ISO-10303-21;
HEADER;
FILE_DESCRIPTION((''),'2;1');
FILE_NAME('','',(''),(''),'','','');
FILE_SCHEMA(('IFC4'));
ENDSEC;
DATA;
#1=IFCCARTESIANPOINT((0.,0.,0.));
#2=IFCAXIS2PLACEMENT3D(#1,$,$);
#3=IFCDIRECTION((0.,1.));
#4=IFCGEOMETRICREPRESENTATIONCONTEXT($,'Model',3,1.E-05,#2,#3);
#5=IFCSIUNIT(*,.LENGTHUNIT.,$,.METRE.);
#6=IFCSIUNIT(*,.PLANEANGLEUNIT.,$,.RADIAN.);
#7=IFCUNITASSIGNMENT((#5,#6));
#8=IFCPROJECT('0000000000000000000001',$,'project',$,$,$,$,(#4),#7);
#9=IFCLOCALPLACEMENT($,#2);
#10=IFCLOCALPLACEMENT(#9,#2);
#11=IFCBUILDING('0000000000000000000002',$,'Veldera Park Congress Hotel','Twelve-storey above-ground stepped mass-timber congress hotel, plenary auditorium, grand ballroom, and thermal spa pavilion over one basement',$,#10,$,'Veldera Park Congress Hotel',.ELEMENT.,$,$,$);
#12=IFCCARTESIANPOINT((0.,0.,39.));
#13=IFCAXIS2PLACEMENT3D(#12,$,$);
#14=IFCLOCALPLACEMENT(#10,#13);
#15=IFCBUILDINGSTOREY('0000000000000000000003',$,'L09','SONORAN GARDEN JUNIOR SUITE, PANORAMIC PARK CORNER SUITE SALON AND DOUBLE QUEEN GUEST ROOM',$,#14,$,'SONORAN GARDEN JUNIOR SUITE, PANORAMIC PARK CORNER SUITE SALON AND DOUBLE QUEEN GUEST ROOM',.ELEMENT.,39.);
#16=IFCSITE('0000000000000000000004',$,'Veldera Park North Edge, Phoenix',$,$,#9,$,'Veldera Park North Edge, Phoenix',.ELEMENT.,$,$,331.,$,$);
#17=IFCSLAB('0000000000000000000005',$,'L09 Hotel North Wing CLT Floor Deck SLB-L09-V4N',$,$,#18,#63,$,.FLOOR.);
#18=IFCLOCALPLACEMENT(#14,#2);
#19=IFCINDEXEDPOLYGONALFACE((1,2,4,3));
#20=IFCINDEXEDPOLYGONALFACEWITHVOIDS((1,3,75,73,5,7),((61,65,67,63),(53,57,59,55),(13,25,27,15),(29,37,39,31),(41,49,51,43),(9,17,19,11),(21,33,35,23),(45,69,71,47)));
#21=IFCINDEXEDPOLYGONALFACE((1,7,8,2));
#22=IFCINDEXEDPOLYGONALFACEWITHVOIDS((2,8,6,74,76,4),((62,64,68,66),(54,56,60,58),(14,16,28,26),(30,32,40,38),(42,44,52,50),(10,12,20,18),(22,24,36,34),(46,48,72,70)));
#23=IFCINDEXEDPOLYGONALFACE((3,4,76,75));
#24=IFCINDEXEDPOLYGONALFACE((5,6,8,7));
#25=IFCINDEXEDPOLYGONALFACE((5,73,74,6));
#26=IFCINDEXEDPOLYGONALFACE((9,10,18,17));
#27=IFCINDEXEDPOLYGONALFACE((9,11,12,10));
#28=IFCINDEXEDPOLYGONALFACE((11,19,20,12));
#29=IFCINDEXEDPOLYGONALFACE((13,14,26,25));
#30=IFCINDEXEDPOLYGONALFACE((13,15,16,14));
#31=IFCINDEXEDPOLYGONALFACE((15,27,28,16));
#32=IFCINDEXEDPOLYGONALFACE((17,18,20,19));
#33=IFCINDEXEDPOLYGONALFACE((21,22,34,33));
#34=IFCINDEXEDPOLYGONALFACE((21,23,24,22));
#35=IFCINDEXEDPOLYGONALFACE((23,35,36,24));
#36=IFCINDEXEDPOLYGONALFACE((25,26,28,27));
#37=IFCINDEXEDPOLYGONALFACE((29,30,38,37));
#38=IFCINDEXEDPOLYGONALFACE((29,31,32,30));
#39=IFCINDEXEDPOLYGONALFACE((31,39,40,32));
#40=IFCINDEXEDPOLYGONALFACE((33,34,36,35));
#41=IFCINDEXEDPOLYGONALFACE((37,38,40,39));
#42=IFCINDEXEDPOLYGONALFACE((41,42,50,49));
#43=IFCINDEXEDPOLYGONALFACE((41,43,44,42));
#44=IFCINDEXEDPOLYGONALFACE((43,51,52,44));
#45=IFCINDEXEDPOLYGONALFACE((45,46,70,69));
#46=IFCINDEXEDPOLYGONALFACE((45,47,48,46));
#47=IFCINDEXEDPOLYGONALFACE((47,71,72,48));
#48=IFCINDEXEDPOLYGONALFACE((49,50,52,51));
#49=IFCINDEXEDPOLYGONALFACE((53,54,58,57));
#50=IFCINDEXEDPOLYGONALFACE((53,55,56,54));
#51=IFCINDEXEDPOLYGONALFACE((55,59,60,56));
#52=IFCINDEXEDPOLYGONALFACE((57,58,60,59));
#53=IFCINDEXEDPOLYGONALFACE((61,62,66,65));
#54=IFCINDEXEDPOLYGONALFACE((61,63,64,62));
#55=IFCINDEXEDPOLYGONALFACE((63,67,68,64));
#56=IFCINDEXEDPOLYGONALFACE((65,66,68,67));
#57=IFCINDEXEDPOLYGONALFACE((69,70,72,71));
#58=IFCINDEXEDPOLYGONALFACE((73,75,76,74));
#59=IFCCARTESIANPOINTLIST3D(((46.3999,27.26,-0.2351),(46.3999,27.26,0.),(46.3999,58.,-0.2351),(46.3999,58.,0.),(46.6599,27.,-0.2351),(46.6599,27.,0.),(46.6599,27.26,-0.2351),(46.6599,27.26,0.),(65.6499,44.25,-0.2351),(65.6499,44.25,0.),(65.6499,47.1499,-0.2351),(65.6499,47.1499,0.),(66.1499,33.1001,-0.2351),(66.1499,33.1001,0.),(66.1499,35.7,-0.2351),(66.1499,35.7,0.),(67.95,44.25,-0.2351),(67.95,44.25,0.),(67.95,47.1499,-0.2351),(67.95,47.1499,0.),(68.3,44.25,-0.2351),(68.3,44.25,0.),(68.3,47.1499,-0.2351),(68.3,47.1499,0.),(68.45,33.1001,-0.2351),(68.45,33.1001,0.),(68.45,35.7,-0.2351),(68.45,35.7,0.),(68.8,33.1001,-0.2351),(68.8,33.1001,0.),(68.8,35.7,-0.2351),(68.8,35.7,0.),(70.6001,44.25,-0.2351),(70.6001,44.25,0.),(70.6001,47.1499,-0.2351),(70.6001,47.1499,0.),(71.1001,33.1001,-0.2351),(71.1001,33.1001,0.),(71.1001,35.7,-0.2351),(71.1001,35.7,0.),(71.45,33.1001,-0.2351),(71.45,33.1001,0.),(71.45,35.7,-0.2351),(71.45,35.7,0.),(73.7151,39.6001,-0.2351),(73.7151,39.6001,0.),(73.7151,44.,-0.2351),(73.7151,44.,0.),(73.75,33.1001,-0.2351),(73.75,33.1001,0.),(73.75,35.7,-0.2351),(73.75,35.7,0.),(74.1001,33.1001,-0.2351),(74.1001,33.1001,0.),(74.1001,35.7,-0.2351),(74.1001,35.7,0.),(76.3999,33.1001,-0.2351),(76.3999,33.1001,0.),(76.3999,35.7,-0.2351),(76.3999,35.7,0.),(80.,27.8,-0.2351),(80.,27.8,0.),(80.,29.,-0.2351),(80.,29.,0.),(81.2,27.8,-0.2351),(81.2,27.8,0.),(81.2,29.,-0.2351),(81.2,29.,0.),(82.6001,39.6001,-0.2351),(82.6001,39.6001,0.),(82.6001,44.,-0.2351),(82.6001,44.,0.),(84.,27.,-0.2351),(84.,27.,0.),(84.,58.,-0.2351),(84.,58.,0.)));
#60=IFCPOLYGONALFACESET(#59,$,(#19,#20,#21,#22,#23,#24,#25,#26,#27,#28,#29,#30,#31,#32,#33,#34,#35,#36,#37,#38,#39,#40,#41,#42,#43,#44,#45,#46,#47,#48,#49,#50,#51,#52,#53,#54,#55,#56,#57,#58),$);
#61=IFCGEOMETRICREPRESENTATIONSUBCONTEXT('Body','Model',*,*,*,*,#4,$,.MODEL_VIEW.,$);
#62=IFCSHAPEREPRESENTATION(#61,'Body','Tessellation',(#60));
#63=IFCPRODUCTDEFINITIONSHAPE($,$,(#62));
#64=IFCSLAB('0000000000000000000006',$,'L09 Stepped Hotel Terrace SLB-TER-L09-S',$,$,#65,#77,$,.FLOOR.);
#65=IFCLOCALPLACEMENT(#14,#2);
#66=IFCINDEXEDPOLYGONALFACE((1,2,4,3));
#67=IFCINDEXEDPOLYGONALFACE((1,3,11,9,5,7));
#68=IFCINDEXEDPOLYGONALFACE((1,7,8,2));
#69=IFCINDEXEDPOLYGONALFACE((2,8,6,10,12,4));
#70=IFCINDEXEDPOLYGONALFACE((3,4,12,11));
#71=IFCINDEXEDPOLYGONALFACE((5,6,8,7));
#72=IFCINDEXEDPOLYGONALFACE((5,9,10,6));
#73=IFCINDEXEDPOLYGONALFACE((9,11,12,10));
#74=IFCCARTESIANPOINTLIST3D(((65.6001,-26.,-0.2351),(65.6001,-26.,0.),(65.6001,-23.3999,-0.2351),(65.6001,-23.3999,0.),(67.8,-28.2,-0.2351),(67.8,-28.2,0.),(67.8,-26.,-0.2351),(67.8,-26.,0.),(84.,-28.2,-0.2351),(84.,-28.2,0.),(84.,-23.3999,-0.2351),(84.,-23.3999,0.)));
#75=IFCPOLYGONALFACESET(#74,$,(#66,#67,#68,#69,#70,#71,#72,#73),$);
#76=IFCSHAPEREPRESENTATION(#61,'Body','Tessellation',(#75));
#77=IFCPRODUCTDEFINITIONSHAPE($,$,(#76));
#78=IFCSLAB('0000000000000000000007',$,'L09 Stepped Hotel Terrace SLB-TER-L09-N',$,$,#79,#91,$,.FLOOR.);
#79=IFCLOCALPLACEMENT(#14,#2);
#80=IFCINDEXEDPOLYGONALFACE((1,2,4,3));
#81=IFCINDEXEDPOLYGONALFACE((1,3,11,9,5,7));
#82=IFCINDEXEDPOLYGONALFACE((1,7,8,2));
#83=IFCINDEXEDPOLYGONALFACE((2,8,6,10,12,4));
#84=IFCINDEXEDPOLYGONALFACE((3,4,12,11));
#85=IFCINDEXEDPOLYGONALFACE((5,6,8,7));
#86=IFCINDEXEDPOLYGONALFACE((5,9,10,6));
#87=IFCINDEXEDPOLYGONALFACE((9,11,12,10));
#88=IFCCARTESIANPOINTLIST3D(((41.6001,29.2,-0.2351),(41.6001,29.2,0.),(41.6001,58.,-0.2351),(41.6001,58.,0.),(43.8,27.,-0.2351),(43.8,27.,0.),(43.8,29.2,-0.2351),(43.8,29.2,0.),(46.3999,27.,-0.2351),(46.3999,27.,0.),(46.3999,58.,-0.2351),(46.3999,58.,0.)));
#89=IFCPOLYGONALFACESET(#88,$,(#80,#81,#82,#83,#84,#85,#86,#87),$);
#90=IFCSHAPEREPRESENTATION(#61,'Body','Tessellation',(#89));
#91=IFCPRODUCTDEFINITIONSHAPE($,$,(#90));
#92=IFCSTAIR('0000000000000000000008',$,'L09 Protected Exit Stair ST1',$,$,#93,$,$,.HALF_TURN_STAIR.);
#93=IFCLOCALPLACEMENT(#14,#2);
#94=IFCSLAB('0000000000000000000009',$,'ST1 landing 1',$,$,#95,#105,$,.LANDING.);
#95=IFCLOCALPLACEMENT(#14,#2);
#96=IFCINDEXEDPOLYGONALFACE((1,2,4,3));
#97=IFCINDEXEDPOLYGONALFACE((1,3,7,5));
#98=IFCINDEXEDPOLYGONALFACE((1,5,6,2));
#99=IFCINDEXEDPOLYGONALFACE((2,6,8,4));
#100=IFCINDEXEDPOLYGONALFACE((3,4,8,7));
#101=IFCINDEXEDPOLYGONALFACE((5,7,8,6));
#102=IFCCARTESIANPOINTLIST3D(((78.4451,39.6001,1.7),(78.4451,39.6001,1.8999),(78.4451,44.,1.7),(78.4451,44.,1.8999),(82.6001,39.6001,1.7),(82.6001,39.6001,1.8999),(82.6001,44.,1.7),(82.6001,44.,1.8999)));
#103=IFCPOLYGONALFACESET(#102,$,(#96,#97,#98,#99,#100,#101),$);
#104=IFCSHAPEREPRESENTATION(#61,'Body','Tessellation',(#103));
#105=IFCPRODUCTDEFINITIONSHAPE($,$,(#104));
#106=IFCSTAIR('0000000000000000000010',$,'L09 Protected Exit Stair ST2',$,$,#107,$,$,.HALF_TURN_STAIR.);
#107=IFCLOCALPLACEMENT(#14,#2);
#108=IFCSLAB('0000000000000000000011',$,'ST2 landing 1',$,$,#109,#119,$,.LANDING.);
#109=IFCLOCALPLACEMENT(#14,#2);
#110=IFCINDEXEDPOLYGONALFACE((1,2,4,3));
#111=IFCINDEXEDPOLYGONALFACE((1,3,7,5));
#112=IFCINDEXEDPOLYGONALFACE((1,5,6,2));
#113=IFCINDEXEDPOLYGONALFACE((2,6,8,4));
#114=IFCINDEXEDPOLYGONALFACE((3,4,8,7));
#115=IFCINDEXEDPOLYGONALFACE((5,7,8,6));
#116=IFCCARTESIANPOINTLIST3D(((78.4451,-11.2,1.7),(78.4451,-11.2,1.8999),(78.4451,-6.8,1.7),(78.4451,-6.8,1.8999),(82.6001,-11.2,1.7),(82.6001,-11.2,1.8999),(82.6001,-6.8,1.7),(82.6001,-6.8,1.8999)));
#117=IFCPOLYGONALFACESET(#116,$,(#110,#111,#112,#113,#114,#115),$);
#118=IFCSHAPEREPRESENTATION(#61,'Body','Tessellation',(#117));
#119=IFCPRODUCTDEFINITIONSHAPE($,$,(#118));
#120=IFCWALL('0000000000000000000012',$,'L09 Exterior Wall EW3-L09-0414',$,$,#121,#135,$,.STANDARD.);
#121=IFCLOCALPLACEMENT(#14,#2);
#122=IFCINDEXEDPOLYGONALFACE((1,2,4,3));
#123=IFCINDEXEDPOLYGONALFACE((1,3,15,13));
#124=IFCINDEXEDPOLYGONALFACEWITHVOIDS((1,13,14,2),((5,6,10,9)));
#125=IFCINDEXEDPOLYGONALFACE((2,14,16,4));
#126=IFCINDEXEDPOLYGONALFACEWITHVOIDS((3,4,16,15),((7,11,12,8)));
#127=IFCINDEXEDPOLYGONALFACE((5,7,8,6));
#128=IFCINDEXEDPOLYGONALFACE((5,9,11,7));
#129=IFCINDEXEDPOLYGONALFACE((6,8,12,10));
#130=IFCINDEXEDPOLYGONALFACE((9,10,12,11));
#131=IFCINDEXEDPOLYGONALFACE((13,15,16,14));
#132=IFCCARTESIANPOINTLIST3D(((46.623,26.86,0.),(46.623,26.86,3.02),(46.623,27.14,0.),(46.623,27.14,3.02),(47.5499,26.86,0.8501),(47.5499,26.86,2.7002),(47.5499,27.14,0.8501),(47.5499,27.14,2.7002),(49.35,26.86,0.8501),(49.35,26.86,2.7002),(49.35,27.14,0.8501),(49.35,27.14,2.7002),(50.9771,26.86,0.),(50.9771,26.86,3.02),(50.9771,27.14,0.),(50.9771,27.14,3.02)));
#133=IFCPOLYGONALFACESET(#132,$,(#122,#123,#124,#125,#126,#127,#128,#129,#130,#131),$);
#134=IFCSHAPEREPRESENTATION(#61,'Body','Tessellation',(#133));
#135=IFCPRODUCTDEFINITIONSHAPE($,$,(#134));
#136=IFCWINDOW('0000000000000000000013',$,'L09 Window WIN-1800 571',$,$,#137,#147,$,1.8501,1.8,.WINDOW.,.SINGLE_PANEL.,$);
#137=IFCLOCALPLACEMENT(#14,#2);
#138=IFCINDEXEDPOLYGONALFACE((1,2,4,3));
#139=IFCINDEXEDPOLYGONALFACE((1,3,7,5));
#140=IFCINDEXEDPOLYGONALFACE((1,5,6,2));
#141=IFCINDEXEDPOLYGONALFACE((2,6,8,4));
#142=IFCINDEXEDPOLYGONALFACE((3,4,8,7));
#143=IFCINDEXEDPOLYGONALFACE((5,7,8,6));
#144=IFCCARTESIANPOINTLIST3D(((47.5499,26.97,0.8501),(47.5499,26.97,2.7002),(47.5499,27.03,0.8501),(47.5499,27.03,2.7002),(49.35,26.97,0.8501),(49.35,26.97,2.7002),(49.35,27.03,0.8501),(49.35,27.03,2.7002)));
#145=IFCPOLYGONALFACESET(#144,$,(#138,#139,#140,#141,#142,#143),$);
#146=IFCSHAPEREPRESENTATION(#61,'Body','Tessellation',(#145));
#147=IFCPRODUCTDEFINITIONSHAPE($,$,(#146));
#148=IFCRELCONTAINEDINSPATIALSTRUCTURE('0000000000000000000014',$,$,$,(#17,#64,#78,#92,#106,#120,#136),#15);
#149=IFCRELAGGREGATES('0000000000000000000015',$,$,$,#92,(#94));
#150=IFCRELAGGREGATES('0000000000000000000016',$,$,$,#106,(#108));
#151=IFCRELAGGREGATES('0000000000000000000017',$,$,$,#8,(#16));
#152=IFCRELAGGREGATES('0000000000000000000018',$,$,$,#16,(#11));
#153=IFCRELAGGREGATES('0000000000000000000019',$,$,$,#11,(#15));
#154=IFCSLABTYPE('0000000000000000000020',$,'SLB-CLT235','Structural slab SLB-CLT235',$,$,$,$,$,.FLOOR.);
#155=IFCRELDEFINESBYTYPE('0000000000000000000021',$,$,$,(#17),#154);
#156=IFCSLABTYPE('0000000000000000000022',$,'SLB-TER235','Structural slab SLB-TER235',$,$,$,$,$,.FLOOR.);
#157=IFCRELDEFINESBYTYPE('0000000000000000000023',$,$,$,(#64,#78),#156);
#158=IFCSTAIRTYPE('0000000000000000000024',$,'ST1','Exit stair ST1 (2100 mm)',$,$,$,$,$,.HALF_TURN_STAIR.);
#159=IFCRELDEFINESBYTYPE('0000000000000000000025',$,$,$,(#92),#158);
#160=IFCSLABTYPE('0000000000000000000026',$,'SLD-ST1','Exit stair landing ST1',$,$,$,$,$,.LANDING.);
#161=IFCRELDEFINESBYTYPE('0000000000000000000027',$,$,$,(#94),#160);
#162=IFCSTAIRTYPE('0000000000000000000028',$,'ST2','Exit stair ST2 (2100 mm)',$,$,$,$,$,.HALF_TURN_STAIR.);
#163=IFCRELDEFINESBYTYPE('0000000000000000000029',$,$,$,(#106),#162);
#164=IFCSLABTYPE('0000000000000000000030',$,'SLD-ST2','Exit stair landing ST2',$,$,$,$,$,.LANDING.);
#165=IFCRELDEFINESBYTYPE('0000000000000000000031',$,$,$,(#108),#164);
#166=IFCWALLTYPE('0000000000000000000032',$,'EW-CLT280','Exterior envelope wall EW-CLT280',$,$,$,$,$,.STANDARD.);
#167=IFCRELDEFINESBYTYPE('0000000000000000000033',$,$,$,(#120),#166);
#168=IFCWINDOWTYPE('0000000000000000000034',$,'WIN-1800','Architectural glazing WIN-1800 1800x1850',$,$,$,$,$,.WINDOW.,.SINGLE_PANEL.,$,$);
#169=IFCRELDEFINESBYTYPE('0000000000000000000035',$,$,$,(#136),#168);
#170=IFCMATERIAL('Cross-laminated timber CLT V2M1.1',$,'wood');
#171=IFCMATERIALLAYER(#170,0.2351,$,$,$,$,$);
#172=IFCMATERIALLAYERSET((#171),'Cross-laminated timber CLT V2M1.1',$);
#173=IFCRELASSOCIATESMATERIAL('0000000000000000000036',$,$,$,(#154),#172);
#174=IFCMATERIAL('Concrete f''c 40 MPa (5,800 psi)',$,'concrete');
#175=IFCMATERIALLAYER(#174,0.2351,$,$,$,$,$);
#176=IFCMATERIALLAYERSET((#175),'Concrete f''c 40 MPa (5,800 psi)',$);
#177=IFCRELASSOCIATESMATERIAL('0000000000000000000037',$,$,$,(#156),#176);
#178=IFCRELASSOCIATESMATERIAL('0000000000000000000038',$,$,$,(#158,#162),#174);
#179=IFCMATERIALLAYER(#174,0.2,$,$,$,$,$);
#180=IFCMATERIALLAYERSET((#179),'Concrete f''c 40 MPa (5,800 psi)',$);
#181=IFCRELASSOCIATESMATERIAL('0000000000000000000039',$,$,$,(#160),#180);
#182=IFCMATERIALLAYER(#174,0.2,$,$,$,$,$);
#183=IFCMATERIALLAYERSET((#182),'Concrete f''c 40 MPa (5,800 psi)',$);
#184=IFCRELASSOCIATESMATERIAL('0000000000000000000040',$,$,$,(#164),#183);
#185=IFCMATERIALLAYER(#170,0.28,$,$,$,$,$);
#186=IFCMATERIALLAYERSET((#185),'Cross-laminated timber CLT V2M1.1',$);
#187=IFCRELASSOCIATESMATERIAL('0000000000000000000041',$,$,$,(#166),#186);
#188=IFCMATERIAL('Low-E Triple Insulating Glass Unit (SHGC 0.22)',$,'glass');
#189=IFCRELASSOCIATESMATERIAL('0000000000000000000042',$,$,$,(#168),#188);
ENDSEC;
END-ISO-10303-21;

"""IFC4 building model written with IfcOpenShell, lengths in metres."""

from ifc_helpers import new_model, si_unit, direction, frame, frame_2d, origin, place, context, subcontext, project, spatial, polyline, rectangle, outline, extrude, material, layer, layer_set, type_object, element, fill, aggregate, save


model = new_model("IFC4")

# Units and contexts
model_context = context("Model", 3, precision=1e-05, world=origin(), true_north=direction((0.0, 1.0)))
body_context = subcontext(model_context, "Body", "Model", "MODEL_VIEW")
ifc_project = project(units=[si_unit("LENGTHUNIT", "METRE"), si_unit("PLANEANGLEUNIT", "RADIAN")], contexts=[model_context])

# Site, building, storey
site_placement = place(None, origin())
site = spatial("IfcSite", under=ifc_project, at=site_placement, Name="Veldera Park North Edge, Phoenix", LongName="Veldera Park North Edge, Phoenix", CompositionType="ELEMENT", RefElevation=331.0)
building_placement = place(site_placement, origin())
building = spatial("IfcBuilding", under=site, at=building_placement, Name="Veldera Park Congress Hotel", Description="Twelve-storey above-ground stepped mass-timber congress hotel, plenary auditorium, grand ballroom, and thermal spa pavilion over one basement", LongName="Veldera Park Congress Hotel", CompositionType="ELEMENT")
storey_placement = place(building_placement, frame((0.0, 0.0, 39.0)))
storey = spatial("IfcBuildingStorey", under=building, at=storey_placement, Name="L09", Description="SONORAN GARDEN JUNIOR SUITE, PANORAMIC PARK CORNER SUITE SALON AND DOUBLE QUEEN GUEST ROOM", LongName="SONORAN GARDEN JUNIOR SUITE, PANORAMIC PARK CORNER SUITE SALON AND DOUBLE QUEEN GUEST ROOM", CompositionType="ELEMENT", Elevation=39.0)

# Slabs
ifc_material_1 = material(Name="Cross-laminated timber CLT V2M1.1", Category="wood")
ifc_layer_1 = layer(ifc_material_1, 0.2351)
ifc_layer_set_1 = layer_set([ifc_layer_1], Name="Cross-laminated timber CLT V2M1.1")
slab_type_1 = type_object("IfcSlabType", Name="SLB-CLT235", Description="Structural slab SLB-CLT235", PredefinedType="FLOOR", material=ifc_layer_set_1)
slab_1_placement = place(storey_placement, frame((0.0, 0.0, -0.2351)))
element("IfcSlab", 1, at=slab_1_placement, inside=storey, type_object=slab_type_1, Name="L09 Hotel North Wing CLT Floor Deck SLB-L09-V4N", PredefinedType="FLOOR", context=body_context, shape_type="SweptSolid", body=[
    extrude(outline(polyline([(46.3999, 27.26), (46.6599, 27.26), (46.6599, 27.0), (84.0, 27.0), (84.0, 58.0), (46.3999, 58.0), (46.3999, 27.26)]), holes=[polyline([(73.7151, 39.6001), (82.6001, 39.6001), (82.6001, 44.0), (73.7151, 44.0), (73.7151, 39.6001)]), polyline([(65.6499, 44.25), (67.95, 44.25), (67.95, 47.1499), (65.6499, 47.1499), (65.6499, 44.25)]), polyline([(68.3, 44.25), (70.6001, 44.25), (70.6001, 47.1499), (68.3, 47.1499), (68.3, 44.25)]), polyline([(66.1499, 33.1001), (68.45, 33.1001), (68.45, 35.7), (66.1499, 35.7), (66.1499, 33.1001)]), polyline([(68.8, 33.1001), (71.1001, 33.1001), (71.1001, 35.7), (68.8, 35.7), (68.8, 33.1001)]), polyline([(71.45, 33.1001), (73.75, 33.1001), (73.75, 35.7), (71.45, 35.7), (71.45, 33.1001)]), polyline([(74.1001, 33.1001), (76.3999, 33.1001), (76.3999, 35.7), (74.1001, 35.7), (74.1001, 33.1001)]), polyline([(80.0, 27.8), (81.2, 27.8), (81.2, 29.0), (80.0, 29.0), (80.0, 27.8)])]), origin(), (0.0, 0.0, 1.0), 0.2351),
])
ifc_material_2 = material(Name="Concrete f'c 40 MPa (5,800 psi)", Category="concrete")
ifc_layer_2 = layer(ifc_material_2, 0.2351)
ifc_layer_set_2 = layer_set([ifc_layer_2], Name="Concrete f'c 40 MPa (5,800 psi)")
slab_type_2 = type_object("IfcSlabType", Name="SLB-TER235", Description="Structural slab SLB-TER235", PredefinedType="FLOOR", material=ifc_layer_set_2)
slab_2_placement = place(storey_placement, frame((0.0, 0.0, -0.2351)))
element("IfcSlab", 2, at=slab_2_placement, inside=storey, type_object=slab_type_2, Name="L09 Stepped Hotel Terrace SLB-TER-L09-S", PredefinedType="FLOOR", context=body_context, shape_type="SweptSolid", body=[
    extrude(outline(polyline([(65.6001, -26.0), (67.8, -26.0), (67.8, -28.2), (84.0, -28.2), (84.0, -23.3999), (65.6001, -23.3999), (65.6001, -26.0)])), origin(), (0.0, 0.0, 1.0), 0.2351),
])
slab_3_placement = place(storey_placement, frame((0.0, 0.0, -0.2351)))
element("IfcSlab", 3, at=slab_3_placement, inside=storey, type_object=slab_type_2, Name="L09 Stepped Hotel Terrace SLB-TER-L09-N", PredefinedType="FLOOR", context=body_context, shape_type="SweptSolid", body=[
    extrude(outline(polyline([(41.6001, 29.2), (43.8, 29.2), (43.8, 27.0), (46.3999, 27.0), (46.3999, 58.0), (41.6001, 58.0), (41.6001, 29.2)])), origin(), (0.0, 0.0, 1.0), 0.2351),
])

# Stairs, slabs
stair_type_1 = type_object("IfcStairType", Name="ST1", Description="Exit stair ST1 (2100 mm)", PredefinedType="HALF_TURN_STAIR", material=ifc_material_2)
stair_1_placement = place(storey_placement, origin())
stair_1 = element("IfcStair", 4, at=stair_1_placement, inside=storey, type_object=stair_type_1, Name="L09 Protected Exit Stair ST1", PredefinedType="HALF_TURN_STAIR")
ifc_layer_3 = layer(ifc_material_2, 0.2)
ifc_layer_set_3 = layer_set([ifc_layer_3], Name="Concrete f'c 40 MPa (5,800 psi)")
slab_type_3 = type_object("IfcSlabType", Name="SLD-ST1", Description="Exit stair landing ST1", PredefinedType="LANDING", material=ifc_layer_set_3)
slab_4_placement = place(storey_placement, frame((0.0, 0.0, 1.7)))
slab_4 = element("IfcSlab", 5, at=slab_4_placement, type_object=slab_type_3, Name="ST1 landing 1", PredefinedType="LANDING", context=body_context, shape_type="SweptSolid", body=[
    extrude(outline(polyline([(78.4451, 39.6001), (82.6001, 39.6001), (82.6001, 44.0), (78.4451, 44.0), (78.4451, 39.6001)])), origin(), (0.0, 0.0, 1.0), 0.2),
])
aggregate(stair_1, [slab_4])
stair_type_2 = type_object("IfcStairType", Name="ST2", Description="Exit stair ST2 (2100 mm)", PredefinedType="HALF_TURN_STAIR", material=ifc_material_2)
stair_2_placement = place(storey_placement, origin())
stair_2 = element("IfcStair", 6, at=stair_2_placement, inside=storey, type_object=stair_type_2, Name="L09 Protected Exit Stair ST2", PredefinedType="HALF_TURN_STAIR")
ifc_layer_4 = layer(ifc_material_2, 0.2)
ifc_layer_set_4 = layer_set([ifc_layer_4], Name="Concrete f'c 40 MPa (5,800 psi)")
slab_type_4 = type_object("IfcSlabType", Name="SLD-ST2", Description="Exit stair landing ST2", PredefinedType="LANDING", material=ifc_layer_set_4)
slab_5_placement = place(storey_placement, frame((0.0, 0.0, 1.7)))
slab_5 = element("IfcSlab", 7, at=slab_5_placement, type_object=slab_type_4, Name="ST2 landing 1", PredefinedType="LANDING", context=body_context, shape_type="SweptSolid", body=[
    extrude(outline(polyline([(78.4451, -11.2), (82.6001, -11.2), (82.6001, -6.8), (78.4451, -6.8), (78.4451, -11.2)])), origin(), (0.0, 0.0, 1.0), 0.2),
])
aggregate(stair_2, [slab_5])

# Wall, opening, window
ifc_layer_5 = layer(ifc_material_1, 0.28)
ifc_layer_set_5 = layer_set([ifc_layer_5], Name="Cross-laminated timber CLT V2M1.1")
wall_type_1 = type_object("IfcWallType", Name="EW-CLT280", Description="Exterior envelope wall EW-CLT280", PredefinedType="STANDARD", material=ifc_layer_set_5)
wall_1_placement = place(storey_placement, frame((46.623, 27.0, 0.0), z_axis=(0.0, 0.0, 1.0), x_axis=(1.0, 0.0, 0.0)))
wall_1 = element("IfcWall", 8, at=wall_1_placement, inside=storey, type_object=wall_type_1, Name="L09 Exterior Wall EW3-L09-0414", PredefinedType="STANDARD", context=body_context, shape_type="SweptSolid", body=[
    extrude(rectangle(XDim=4.354, YDim=0.28, at=frame_2d((2.177, 0.0))), origin(), (0.0, 0.0, 1.0), 3.02),
])
opening_1_placement = place(wall_1_placement, frame((0.927, 0.0, 0.8501)))
opening_1 = element("IfcOpeningElement", 9, at=opening_1_placement, cuts=wall_1, PredefinedType="OPENING", context=body_context, shape_type="SweptSolid", body=[
    extrude(rectangle(XDim=1.8, YDim=1.8501, at=frame_2d((0.8999, 0.925))), frame((0.0, 0.1521, 0.0), z_axis=(0.0, -1.0, 0.0), x_axis=(1.0, 0.0, 0.0)), (0.0, 0.0, 1.0), 0.304),
])
ifc_material_3 = material(Name="Low-E Triple Insulating Glass Unit (SHGC 0.22)", Category="glass")
window_type_1 = type_object("IfcWindowType", Name="WIN-1800", Description="Architectural glazing WIN-1800 1800x1850", PartitioningType="SINGLE_PANEL", PredefinedType="WINDOW", material=ifc_material_3)
window_1_placement = place(opening_1_placement, origin())
window_1 = element("IfcWindow", 10, at=window_1_placement, inside=storey, type_object=window_type_1, Name="L09 Window WIN-1800 571", OverallHeight=1.8501, OverallWidth=1.8, PartitioningType="SINGLE_PANEL", PredefinedType="WINDOW", context=body_context, shape_type="SweptSolid", body=[
    extrude(rectangle(XDim=1.8, YDim=1.8501, at=frame_2d((0.8999, 0.925))), frame((0.0, 0.03, 0.0), z_axis=(0.0, -1.0, 0.0), x_axis=(1.0, 0.0, 0.0)), (0.0, 0.0, 1.0), 0.0601),
])
fill(opening_1, window_1)

save(model, "model.ifc")
